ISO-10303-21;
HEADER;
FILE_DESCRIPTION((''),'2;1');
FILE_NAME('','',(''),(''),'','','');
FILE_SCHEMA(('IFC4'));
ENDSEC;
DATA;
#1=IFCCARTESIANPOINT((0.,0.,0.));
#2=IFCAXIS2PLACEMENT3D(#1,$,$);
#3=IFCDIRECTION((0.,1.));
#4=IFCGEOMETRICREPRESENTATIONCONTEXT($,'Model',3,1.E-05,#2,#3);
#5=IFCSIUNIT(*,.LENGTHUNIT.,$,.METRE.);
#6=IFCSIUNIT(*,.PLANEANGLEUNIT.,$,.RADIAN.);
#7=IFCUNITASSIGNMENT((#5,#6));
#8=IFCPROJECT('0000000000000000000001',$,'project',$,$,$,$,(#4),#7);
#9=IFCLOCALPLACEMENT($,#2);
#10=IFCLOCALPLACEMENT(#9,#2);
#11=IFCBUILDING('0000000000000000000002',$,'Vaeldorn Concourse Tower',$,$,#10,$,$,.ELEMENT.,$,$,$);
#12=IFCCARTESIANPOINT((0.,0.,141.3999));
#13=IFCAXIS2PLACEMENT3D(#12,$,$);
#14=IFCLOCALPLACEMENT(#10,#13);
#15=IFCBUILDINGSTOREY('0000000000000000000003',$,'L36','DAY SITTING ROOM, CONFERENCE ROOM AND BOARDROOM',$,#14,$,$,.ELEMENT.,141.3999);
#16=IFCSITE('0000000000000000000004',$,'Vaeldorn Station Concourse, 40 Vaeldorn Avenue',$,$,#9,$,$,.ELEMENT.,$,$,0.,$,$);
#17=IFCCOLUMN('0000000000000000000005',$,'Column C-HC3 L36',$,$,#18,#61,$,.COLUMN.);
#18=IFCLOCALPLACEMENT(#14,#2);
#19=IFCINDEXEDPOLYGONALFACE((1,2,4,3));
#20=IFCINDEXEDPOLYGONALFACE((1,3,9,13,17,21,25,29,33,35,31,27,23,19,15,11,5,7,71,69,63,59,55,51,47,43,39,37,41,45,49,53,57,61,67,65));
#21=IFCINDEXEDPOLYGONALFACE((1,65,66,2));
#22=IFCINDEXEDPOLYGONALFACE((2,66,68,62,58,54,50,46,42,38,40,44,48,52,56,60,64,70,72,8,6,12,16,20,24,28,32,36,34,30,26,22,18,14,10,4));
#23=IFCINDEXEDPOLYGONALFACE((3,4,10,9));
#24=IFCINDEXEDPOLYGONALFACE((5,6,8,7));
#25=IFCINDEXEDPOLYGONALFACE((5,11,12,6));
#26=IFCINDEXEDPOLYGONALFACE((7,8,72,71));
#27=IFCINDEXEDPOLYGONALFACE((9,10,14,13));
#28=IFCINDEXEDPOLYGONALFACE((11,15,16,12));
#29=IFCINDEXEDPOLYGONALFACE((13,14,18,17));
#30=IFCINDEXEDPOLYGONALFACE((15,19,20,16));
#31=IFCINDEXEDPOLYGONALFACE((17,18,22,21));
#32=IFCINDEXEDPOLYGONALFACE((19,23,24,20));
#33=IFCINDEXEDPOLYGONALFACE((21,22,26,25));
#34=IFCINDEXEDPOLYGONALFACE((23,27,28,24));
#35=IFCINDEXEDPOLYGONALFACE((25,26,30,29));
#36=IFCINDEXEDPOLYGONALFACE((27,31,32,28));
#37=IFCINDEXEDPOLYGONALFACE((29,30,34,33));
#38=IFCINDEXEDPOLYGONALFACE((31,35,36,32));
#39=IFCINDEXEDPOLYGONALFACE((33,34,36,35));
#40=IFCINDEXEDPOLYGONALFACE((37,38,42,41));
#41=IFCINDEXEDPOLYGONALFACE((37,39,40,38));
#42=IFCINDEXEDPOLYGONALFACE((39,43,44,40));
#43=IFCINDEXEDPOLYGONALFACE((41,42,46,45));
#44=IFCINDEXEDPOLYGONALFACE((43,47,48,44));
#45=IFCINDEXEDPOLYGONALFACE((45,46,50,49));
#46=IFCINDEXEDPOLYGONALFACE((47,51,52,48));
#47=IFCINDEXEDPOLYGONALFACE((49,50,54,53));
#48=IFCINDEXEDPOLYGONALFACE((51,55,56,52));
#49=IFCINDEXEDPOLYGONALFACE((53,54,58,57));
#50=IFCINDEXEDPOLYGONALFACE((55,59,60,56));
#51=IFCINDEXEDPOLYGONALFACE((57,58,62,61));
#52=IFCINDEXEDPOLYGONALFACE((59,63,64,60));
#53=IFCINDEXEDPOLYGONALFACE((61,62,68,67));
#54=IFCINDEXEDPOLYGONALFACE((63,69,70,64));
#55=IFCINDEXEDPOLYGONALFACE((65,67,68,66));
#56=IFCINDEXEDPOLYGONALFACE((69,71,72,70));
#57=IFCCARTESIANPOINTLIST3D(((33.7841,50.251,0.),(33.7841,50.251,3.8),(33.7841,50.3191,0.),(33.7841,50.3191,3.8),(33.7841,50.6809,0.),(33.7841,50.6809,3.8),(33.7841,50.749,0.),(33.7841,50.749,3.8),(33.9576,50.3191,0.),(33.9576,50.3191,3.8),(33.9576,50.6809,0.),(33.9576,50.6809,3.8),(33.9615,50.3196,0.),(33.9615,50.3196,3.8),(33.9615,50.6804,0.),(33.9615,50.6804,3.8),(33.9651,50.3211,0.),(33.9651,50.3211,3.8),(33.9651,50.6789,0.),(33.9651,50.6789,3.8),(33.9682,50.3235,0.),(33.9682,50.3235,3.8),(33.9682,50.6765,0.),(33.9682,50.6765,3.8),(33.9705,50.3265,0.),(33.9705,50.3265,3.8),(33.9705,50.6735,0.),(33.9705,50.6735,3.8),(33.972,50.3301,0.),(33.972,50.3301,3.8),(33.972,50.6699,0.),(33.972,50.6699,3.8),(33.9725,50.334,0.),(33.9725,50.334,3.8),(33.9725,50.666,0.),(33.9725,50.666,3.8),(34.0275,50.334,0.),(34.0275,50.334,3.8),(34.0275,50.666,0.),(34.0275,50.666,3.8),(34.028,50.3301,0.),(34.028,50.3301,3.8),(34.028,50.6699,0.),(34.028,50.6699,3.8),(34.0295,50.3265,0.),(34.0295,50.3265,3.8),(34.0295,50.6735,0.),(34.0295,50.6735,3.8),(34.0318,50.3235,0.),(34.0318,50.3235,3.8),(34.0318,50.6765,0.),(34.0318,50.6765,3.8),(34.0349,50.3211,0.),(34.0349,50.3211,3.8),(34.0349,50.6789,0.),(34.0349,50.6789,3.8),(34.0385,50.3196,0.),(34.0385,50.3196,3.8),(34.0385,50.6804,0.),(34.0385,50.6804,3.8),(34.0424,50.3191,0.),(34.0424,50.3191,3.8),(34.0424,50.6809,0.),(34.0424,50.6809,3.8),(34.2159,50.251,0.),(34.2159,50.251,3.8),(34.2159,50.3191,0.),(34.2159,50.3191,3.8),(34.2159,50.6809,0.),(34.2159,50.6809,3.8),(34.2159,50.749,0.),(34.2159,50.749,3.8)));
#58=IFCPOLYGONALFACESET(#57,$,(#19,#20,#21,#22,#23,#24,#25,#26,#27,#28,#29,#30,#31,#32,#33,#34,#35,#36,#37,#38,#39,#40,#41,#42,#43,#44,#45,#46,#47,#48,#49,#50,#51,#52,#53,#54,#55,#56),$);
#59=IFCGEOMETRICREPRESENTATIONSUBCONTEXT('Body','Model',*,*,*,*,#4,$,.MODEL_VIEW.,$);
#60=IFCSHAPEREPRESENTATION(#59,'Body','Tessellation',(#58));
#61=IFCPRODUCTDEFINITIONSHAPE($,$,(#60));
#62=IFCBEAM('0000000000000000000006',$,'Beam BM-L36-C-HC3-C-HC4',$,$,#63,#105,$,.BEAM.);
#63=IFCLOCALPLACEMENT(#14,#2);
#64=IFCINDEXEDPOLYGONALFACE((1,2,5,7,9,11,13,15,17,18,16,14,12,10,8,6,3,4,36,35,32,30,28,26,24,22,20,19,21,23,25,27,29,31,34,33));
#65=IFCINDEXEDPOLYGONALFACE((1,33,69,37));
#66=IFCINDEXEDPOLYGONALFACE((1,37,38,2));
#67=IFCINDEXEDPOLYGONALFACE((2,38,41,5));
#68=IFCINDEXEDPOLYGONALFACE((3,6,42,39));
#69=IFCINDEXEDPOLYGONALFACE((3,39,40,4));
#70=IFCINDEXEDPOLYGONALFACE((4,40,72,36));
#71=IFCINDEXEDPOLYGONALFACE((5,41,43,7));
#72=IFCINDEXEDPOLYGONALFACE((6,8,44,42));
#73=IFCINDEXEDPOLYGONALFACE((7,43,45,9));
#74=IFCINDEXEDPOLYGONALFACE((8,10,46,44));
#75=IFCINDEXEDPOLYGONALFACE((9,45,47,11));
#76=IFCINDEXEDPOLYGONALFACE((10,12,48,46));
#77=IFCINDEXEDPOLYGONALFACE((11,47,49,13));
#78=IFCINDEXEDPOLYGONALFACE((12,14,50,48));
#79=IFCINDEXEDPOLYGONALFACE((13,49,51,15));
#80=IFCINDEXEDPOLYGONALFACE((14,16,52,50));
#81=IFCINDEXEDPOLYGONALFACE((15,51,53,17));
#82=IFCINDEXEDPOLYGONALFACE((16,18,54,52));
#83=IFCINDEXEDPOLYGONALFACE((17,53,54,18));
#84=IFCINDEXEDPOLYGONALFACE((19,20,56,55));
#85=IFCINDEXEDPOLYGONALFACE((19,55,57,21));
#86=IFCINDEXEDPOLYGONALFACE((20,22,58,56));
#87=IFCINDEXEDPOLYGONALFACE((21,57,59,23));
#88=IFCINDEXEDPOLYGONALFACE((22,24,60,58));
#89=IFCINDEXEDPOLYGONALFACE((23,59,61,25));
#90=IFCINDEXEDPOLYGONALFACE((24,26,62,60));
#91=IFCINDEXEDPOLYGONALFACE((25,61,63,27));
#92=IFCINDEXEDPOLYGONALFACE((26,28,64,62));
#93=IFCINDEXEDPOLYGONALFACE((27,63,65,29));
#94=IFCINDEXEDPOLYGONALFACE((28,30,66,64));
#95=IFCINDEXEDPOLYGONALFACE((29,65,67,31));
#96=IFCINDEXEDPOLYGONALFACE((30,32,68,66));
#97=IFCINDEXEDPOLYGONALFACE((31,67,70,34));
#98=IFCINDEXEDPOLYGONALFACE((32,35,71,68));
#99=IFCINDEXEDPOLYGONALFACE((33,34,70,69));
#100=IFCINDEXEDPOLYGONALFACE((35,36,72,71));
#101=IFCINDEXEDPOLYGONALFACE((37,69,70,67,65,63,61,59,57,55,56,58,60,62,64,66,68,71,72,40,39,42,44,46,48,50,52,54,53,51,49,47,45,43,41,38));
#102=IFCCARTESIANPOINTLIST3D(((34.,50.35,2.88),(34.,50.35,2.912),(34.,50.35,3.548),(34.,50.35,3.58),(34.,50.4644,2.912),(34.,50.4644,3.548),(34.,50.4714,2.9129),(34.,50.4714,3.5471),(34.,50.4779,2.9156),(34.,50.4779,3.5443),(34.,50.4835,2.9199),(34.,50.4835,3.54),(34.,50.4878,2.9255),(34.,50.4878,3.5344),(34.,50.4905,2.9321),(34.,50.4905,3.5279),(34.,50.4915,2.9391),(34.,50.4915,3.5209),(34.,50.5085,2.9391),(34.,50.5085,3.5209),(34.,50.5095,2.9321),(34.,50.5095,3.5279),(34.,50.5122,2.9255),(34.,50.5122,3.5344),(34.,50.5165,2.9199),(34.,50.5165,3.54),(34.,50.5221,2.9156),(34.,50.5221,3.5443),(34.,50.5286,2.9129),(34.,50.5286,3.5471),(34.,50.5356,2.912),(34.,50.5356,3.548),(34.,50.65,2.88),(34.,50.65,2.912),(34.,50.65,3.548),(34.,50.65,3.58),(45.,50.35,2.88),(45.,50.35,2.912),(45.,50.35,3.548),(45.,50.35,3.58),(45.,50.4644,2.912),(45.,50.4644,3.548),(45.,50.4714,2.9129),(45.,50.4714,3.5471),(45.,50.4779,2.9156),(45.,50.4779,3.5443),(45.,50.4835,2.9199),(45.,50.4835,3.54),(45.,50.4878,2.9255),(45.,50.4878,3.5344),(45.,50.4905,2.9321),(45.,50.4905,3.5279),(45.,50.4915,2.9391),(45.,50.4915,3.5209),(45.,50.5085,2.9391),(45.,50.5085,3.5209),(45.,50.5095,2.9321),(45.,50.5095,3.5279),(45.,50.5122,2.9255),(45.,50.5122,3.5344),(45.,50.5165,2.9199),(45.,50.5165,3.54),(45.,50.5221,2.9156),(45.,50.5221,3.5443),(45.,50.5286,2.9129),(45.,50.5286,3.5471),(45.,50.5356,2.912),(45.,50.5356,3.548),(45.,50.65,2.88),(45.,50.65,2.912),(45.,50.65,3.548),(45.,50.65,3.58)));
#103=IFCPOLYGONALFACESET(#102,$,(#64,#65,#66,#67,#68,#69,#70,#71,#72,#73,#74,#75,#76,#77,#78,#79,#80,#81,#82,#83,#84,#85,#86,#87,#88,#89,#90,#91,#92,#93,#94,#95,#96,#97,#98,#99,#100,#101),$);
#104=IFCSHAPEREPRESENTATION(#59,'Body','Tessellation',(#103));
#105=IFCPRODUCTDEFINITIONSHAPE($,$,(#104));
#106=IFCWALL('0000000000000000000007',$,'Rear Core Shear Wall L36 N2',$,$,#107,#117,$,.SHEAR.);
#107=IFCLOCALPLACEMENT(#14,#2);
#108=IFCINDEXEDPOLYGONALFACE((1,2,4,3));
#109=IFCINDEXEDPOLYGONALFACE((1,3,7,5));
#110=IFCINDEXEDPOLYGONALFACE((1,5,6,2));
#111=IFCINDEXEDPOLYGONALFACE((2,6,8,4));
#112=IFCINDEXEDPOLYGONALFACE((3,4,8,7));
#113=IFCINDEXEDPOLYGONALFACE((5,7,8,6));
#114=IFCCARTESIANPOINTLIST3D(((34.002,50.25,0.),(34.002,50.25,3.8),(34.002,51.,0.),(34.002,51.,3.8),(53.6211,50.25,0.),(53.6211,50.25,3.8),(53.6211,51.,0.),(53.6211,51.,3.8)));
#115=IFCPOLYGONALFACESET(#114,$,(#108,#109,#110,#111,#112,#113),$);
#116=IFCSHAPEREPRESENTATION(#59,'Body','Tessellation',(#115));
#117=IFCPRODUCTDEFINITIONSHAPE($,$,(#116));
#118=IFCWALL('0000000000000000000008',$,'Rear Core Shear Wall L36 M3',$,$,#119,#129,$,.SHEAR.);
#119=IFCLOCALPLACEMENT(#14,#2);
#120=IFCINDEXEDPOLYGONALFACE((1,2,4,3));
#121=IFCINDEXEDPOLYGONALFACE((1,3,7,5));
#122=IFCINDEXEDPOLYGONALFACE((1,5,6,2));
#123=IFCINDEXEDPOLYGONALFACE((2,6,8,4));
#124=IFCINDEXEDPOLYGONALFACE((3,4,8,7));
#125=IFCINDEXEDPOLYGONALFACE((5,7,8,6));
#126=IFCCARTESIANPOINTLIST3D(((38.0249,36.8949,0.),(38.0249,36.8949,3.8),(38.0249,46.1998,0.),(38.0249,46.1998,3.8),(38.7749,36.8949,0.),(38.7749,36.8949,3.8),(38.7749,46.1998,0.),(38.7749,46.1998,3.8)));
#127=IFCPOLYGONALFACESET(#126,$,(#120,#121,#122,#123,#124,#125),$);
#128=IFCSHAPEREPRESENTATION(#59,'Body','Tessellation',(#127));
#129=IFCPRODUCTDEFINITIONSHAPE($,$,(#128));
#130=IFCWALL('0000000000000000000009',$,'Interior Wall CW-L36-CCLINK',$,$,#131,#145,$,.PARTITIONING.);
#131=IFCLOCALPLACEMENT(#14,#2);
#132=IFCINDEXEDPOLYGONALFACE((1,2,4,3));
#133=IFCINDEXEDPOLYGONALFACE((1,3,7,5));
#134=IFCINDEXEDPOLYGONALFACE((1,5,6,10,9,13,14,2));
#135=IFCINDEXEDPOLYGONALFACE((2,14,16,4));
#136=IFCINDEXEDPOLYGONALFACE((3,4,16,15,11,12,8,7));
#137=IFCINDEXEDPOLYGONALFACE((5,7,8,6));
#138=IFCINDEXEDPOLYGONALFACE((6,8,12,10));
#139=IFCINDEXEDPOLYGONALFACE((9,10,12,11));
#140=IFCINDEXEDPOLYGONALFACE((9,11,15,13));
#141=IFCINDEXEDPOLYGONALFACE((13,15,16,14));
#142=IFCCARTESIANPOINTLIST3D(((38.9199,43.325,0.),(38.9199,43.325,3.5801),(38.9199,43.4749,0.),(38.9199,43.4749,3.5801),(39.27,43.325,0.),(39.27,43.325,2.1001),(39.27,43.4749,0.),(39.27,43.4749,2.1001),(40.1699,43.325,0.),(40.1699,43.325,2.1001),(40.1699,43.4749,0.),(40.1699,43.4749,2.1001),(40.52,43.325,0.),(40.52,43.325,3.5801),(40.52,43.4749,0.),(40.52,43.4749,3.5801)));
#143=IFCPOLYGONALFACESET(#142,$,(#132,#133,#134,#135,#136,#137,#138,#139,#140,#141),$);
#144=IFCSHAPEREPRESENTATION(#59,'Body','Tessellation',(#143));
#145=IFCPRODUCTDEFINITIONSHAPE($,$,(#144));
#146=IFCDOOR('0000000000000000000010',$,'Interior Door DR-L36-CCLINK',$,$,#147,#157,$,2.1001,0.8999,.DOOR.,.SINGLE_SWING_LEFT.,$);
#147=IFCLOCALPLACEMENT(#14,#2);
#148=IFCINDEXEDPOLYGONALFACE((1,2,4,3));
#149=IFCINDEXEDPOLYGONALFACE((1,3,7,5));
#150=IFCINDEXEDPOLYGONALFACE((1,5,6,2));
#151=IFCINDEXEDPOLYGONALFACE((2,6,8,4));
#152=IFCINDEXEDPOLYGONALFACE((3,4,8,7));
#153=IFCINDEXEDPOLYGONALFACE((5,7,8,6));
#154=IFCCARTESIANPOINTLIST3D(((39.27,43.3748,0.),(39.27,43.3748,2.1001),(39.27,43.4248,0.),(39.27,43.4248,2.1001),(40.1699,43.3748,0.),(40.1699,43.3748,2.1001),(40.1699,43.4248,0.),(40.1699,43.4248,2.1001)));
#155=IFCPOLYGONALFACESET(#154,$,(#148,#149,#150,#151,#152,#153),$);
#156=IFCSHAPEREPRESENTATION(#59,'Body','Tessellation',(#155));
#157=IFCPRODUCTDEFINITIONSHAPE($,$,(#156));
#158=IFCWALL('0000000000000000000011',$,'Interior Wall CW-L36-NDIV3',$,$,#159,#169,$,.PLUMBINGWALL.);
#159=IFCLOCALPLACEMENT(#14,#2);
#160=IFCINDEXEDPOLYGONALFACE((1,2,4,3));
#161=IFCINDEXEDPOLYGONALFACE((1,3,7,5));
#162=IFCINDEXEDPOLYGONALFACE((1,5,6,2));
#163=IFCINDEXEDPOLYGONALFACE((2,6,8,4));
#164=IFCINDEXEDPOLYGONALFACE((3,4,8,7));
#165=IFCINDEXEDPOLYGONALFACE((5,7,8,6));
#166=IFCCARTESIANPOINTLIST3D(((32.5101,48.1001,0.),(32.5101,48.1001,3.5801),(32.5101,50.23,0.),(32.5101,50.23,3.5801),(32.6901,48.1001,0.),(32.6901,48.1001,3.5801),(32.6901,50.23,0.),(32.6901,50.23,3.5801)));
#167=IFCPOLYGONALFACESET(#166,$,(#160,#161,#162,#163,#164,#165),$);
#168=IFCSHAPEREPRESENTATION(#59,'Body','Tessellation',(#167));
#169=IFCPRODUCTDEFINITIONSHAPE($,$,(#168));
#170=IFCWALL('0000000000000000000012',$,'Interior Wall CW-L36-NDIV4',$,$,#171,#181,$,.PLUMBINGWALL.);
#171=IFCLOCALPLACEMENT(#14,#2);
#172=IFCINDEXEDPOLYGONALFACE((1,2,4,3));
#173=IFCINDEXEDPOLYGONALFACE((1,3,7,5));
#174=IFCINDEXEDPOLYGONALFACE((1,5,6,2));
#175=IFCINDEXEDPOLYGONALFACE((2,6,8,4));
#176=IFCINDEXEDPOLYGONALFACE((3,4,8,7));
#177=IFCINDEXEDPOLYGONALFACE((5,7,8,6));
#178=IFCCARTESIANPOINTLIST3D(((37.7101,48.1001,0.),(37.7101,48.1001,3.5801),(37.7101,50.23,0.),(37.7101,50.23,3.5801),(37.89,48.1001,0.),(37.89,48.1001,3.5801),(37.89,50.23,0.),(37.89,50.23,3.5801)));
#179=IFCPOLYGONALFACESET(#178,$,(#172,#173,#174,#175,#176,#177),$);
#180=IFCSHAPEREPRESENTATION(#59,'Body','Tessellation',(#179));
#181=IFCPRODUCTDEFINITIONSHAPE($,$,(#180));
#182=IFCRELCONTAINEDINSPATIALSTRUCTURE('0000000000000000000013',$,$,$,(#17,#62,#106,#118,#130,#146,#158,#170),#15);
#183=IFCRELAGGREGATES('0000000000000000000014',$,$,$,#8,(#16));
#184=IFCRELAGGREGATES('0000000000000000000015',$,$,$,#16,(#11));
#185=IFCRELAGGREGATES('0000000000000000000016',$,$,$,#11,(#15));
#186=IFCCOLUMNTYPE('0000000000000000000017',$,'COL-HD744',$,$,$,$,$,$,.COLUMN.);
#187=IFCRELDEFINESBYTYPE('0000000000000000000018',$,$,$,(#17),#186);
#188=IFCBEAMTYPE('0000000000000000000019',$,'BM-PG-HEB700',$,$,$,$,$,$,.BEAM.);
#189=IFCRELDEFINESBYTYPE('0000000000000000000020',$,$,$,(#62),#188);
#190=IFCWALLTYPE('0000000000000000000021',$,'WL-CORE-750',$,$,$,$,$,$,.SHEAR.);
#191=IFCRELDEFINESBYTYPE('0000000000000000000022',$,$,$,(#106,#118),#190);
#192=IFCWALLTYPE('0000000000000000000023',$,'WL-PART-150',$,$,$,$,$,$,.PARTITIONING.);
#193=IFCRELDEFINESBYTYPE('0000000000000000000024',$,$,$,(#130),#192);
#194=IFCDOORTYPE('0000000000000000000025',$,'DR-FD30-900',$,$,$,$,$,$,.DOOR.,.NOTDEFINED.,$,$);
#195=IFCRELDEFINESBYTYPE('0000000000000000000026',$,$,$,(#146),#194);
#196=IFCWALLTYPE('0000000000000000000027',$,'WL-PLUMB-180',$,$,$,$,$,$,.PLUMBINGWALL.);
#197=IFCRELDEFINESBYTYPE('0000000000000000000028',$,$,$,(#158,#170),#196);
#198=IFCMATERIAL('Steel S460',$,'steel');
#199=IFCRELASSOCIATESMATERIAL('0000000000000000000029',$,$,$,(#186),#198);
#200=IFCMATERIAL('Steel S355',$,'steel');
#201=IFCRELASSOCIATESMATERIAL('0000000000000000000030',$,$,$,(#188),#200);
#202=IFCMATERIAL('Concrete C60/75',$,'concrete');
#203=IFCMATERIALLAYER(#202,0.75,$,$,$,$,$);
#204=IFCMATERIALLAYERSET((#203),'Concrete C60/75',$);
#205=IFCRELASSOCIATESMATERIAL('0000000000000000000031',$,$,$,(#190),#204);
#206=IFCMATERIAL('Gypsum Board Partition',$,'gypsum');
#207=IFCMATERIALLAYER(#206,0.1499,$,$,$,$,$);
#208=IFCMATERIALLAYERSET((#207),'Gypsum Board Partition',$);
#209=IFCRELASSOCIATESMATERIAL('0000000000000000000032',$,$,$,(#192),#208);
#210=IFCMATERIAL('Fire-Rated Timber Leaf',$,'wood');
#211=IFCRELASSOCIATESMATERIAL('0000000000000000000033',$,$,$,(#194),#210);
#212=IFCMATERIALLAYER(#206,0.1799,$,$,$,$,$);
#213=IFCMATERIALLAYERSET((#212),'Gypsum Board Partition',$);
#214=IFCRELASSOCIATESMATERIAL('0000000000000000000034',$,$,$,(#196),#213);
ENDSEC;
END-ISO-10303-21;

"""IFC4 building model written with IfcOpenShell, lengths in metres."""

from ifc_helpers import new_model, si_unit, direction, frame, frame_2d, origin, origin_2d, place, context, subcontext, project, spatial, rectangle, i_section, extrude, source, transform, mapped, material, layer, layer_set, material_profile, profile_set, type_object, element, fill, save


model = new_model("IFC4")

# Units and contexts
model_context = context("Model", 3, precision=1e-05, world=origin(), true_north=direction((0.0, 1.0)))
body_context = subcontext(model_context, "Body", "Model", "MODEL_VIEW")
ifc_project = project(units=[si_unit("LENGTHUNIT", "METRE"), si_unit("PLANEANGLEUNIT", "RADIAN")], contexts=[model_context])

# Site, building, storey
site_placement = place(None, origin())
site = spatial("IfcSite", under=ifc_project, at=site_placement, Name="Vaeldorn Station Concourse, 40 Vaeldorn Avenue", CompositionType="ELEMENT", RefElevation=0.0)
building_placement = place(site_placement, origin())
building = spatial("IfcBuilding", under=site, at=building_placement, Name="Vaeldorn Concourse Tower", CompositionType="ELEMENT")
storey_placement = place(building_placement, frame((0.0, 0.0, 141.3999)))
storey = spatial("IfcBuildingStorey", under=building, at=storey_placement, Name="L36", Description="DAY SITTING ROOM, CONFERENCE ROOM AND BOARDROOM", CompositionType="ELEMENT", Elevation=141.3999)

# Column
ifc_material_1 = material(Name="Steel S460", Category="steel")
ifc_material_profile_1 = material_profile(ifc_material_1, i_section(OverallWidth=0.4319, OverallDepth=0.498, WebThickness=0.0549, FlangeThickness=0.0681, FilletRadius=0.0149, at=origin_2d()), Name="HD 400x744")
ifc_profile_set_1 = profile_set([ifc_material_profile_1], Name="Steel S460")
column_type = type_object("IfcColumnType", Name="COL-HD744", PredefinedType="COLUMN", material=ifc_profile_set_1)
shared_shape_1 = source(origin(), body_context, "Body", "SweptSolid", [
    extrude(i_section(OverallWidth=0.4319, OverallDepth=0.498, WebThickness=0.0549, FlangeThickness=0.0681, FilletRadius=0.0149, at=origin_2d()), origin(), (0.0, 0.0, 1.0), 3.8),
])
column_placement = place(storey_placement, frame((34.0, 50.5, 0.0), z_axis=(0.0, 0.0, 1.0), x_axis=(1.0, 0.0, 0.0)))
element("IfcColumn", 1, at=column_placement, inside=storey, type_object=column_type, Name="Column C-HC3 L36", PredefinedType="COLUMN", context=body_context, shape_type="MappedRepresentation", body=[
    mapped(shared_shape_1, transform((0.0, 0.0, 0.0), scale=1.0)),
])

# Beam
ifc_material_2 = material(Name="Steel S355", Category="steel")
ifc_material_profile_2 = material_profile(ifc_material_2, i_section(OverallWidth=0.3, OverallDepth=0.7, WebThickness=0.0171, FlangeThickness=0.032, FilletRadius=0.0271, at=origin_2d()), Name="HEB 700")
ifc_profile_set_2 = profile_set([ifc_material_profile_2], Name="Steel S355")
beam_type = type_object("IfcBeamType", Name="BM-PG-HEB700", PredefinedType="BEAM", material=ifc_profile_set_2)
shared_shape_2 = source(origin(), body_context, "Body", "SweptSolid", [
    extrude(i_section(OverallWidth=0.3, OverallDepth=0.7, WebThickness=0.0171, FlangeThickness=0.032, FilletRadius=0.0271, at=origin_2d()), origin(), (0.0, 0.0, 1.0), 11.0),
])
beam_placement = place(storey_placement, frame((34.0, 50.5, 3.23), z_axis=(1.0, 0.0, 0.0), x_axis=(0.0, 1.0, 0.0)))
element("IfcBeam", 2, at=beam_placement, inside=storey, type_object=beam_type, Name="Beam BM-L36-C-HC3-C-HC4", PredefinedType="BEAM", context=body_context, shape_type="MappedRepresentation", body=[
    mapped(shared_shape_2, transform((0.0, 0.0, 0.0), scale=1.0)),
])

# Walls
ifc_material_3 = material(Name="Concrete C60/75", Category="concrete")
ifc_layer_1 = layer(ifc_material_3, 0.75)
ifc_layer_set_1 = layer_set([ifc_layer_1], Name="Concrete C60/75")
wall_type_1 = type_object("IfcWallType", Name="WL-CORE-750", PredefinedType="SHEAR", material=ifc_layer_set_1)
wall_1_placement = place(storey_placement, frame((34.002, 50.625, 0.0), z_axis=(0.0, 0.0, 1.0), x_axis=(1.0, 0.0, 0.0)))
element("IfcWall", 3, at=wall_1_placement, inside=storey, type_object=wall_type_1, Name="Rear Core Shear Wall L36 N2", PredefinedType="SHEAR", context=body_context, shape_type="SweptSolid", body=[
    extrude(rectangle(XDim=19.6191, YDim=0.75, at=frame_2d((9.8096, 0.0))), origin(), (0.0, 0.0, 1.0), 3.8),
])
wall_2_placement = place(storey_placement, frame((38.3999, 36.895, 0.0), z_axis=(0.0, 0.0, 1.0), x_axis=(0.0, 1.0, 0.0)))
element("IfcWall", 4, at=wall_2_placement, inside=storey, type_object=wall_type_1, Name="Rear Core Shear Wall L36 M3", PredefinedType="SHEAR", context=body_context, shape_type="SweptSolid", body=[
    extrude(rectangle(XDim=9.3049, YDim=0.75, at=frame_2d((4.6523, 0.0))), origin(), (0.0, 0.0, 1.0), 3.8),
])

# Wall, opening, door
ifc_material_4 = material(Name="Gypsum Board Partition", Category="gypsum")
ifc_layer_2 = layer(ifc_material_4, 0.1499)
ifc_layer_set_2 = layer_set([ifc_layer_2], Name="Gypsum Board Partition")
wall_type_2 = type_object("IfcWallType", Name="WL-PART-150", PredefinedType="PARTITIONING", material=ifc_layer_set_2)
wall_3_placement = place(storey_placement, frame((38.9199, 43.3999, 0.0), z_axis=(0.0, 0.0, 1.0), x_axis=(1.0, 0.0, 0.0)))
wall_3 = element("IfcWall", 5, at=wall_3_placement, inside=storey, type_object=wall_type_2, Name="Interior Wall CW-L36-CCLINK", PredefinedType="PARTITIONING", context=body_context, shape_type="SweptSolid", body=[
    extrude(rectangle(XDim=1.6001, YDim=0.1499, at=frame_2d((0.8, 0.0))), origin(), (0.0, 0.0, 1.0), 3.5801),
])
opening_1_placement = place(wall_3_placement, frame((0.3501, 0.0, 0.0)))
opening_1 = element("IfcOpeningElement", 6, at=opening_1_placement, cuts=wall_3, PredefinedType="OPENING", context=body_context, shape_type="SweptSolid", body=[
    extrude(rectangle(XDim=0.8999, YDim=2.1001, at=frame_2d((0.45, 1.05))), frame((0.0, 0.085, 0.0), z_axis=(0.0, -1.0, 0.0), x_axis=(1.0, 0.0, 0.0)), (0.0, 0.0, 1.0), 0.1699),
])
ifc_material_5 = material(Name="Fire-Rated Timber Leaf", Category="wood")
door_type_1 = type_object("IfcDoorType", Name="DR-FD30-900", OperationType="NOTDEFINED", PredefinedType="DOOR", material=ifc_material_5)
shared_shape_3 = source(origin(), body_context, "Body", "SweptSolid", [
    extrude(rectangle(XDim=0.8999, YDim=2.1001, at=frame_2d((0.45, 1.05))), frame((0.0, 0.0249, 0.0), z_axis=(0.0, -1.0, 0.0), x_axis=(1.0, 0.0, 0.0)), (0.0, 0.0, 1.0), 0.05),
])
door_1_placement = place(opening_1_placement, origin())
door_1 = element("IfcDoor", 7, at=door_1_placement, inside=storey, type_object=door_type_1, Name="Interior Door DR-L36-CCLINK", OperationType="SINGLE_SWING_LEFT", OverallHeight=2.1001, OverallWidth=0.8999, PredefinedType="DOOR", context=body_context, shape_type="MappedRepresentation", body=[
    mapped(shared_shape_3, transform((0.0, 0.0, 0.0), scale=1.0)),
])
fill(opening_1, door_1)

# Walls
ifc_layer_3 = layer(ifc_material_4, 0.1799)
ifc_layer_set_3 = layer_set([ifc_layer_3], Name="Gypsum Board Partition")
wall_type_3 = type_object("IfcWallType", Name="WL-PLUMB-180", PredefinedType="PLUMBINGWALL", material=ifc_layer_set_3)
for number, where, z_axis, x_axis, name in (
    (8, (32.6001, 48.1001, 0.0), (0.0, 0.0, 1.0), (0.0, 1.0, 0.0), "Interior Wall CW-L36-NDIV3"),
    (9, (37.8, 48.1001, 0.0), (0.0, 0.0, 1.0), (0.0, 1.0, 0.0), "Interior Wall CW-L36-NDIV4"),
):
    element("IfcWall", number, at=place(storey_placement, frame(where, z_axis=z_axis, x_axis=x_axis)), inside=storey, type_object=wall_type_3, Name=name, PredefinedType="PLUMBINGWALL", context=body_context, shape_type="SweptSolid", body=[
        extrude(rectangle(XDim=2.1299, YDim=0.1799, at=frame_2d((1.0649, 0.0))), origin(), (0.0, 0.0, 1.0), 3.5801),
    ])

save(model, "model.ifc")
